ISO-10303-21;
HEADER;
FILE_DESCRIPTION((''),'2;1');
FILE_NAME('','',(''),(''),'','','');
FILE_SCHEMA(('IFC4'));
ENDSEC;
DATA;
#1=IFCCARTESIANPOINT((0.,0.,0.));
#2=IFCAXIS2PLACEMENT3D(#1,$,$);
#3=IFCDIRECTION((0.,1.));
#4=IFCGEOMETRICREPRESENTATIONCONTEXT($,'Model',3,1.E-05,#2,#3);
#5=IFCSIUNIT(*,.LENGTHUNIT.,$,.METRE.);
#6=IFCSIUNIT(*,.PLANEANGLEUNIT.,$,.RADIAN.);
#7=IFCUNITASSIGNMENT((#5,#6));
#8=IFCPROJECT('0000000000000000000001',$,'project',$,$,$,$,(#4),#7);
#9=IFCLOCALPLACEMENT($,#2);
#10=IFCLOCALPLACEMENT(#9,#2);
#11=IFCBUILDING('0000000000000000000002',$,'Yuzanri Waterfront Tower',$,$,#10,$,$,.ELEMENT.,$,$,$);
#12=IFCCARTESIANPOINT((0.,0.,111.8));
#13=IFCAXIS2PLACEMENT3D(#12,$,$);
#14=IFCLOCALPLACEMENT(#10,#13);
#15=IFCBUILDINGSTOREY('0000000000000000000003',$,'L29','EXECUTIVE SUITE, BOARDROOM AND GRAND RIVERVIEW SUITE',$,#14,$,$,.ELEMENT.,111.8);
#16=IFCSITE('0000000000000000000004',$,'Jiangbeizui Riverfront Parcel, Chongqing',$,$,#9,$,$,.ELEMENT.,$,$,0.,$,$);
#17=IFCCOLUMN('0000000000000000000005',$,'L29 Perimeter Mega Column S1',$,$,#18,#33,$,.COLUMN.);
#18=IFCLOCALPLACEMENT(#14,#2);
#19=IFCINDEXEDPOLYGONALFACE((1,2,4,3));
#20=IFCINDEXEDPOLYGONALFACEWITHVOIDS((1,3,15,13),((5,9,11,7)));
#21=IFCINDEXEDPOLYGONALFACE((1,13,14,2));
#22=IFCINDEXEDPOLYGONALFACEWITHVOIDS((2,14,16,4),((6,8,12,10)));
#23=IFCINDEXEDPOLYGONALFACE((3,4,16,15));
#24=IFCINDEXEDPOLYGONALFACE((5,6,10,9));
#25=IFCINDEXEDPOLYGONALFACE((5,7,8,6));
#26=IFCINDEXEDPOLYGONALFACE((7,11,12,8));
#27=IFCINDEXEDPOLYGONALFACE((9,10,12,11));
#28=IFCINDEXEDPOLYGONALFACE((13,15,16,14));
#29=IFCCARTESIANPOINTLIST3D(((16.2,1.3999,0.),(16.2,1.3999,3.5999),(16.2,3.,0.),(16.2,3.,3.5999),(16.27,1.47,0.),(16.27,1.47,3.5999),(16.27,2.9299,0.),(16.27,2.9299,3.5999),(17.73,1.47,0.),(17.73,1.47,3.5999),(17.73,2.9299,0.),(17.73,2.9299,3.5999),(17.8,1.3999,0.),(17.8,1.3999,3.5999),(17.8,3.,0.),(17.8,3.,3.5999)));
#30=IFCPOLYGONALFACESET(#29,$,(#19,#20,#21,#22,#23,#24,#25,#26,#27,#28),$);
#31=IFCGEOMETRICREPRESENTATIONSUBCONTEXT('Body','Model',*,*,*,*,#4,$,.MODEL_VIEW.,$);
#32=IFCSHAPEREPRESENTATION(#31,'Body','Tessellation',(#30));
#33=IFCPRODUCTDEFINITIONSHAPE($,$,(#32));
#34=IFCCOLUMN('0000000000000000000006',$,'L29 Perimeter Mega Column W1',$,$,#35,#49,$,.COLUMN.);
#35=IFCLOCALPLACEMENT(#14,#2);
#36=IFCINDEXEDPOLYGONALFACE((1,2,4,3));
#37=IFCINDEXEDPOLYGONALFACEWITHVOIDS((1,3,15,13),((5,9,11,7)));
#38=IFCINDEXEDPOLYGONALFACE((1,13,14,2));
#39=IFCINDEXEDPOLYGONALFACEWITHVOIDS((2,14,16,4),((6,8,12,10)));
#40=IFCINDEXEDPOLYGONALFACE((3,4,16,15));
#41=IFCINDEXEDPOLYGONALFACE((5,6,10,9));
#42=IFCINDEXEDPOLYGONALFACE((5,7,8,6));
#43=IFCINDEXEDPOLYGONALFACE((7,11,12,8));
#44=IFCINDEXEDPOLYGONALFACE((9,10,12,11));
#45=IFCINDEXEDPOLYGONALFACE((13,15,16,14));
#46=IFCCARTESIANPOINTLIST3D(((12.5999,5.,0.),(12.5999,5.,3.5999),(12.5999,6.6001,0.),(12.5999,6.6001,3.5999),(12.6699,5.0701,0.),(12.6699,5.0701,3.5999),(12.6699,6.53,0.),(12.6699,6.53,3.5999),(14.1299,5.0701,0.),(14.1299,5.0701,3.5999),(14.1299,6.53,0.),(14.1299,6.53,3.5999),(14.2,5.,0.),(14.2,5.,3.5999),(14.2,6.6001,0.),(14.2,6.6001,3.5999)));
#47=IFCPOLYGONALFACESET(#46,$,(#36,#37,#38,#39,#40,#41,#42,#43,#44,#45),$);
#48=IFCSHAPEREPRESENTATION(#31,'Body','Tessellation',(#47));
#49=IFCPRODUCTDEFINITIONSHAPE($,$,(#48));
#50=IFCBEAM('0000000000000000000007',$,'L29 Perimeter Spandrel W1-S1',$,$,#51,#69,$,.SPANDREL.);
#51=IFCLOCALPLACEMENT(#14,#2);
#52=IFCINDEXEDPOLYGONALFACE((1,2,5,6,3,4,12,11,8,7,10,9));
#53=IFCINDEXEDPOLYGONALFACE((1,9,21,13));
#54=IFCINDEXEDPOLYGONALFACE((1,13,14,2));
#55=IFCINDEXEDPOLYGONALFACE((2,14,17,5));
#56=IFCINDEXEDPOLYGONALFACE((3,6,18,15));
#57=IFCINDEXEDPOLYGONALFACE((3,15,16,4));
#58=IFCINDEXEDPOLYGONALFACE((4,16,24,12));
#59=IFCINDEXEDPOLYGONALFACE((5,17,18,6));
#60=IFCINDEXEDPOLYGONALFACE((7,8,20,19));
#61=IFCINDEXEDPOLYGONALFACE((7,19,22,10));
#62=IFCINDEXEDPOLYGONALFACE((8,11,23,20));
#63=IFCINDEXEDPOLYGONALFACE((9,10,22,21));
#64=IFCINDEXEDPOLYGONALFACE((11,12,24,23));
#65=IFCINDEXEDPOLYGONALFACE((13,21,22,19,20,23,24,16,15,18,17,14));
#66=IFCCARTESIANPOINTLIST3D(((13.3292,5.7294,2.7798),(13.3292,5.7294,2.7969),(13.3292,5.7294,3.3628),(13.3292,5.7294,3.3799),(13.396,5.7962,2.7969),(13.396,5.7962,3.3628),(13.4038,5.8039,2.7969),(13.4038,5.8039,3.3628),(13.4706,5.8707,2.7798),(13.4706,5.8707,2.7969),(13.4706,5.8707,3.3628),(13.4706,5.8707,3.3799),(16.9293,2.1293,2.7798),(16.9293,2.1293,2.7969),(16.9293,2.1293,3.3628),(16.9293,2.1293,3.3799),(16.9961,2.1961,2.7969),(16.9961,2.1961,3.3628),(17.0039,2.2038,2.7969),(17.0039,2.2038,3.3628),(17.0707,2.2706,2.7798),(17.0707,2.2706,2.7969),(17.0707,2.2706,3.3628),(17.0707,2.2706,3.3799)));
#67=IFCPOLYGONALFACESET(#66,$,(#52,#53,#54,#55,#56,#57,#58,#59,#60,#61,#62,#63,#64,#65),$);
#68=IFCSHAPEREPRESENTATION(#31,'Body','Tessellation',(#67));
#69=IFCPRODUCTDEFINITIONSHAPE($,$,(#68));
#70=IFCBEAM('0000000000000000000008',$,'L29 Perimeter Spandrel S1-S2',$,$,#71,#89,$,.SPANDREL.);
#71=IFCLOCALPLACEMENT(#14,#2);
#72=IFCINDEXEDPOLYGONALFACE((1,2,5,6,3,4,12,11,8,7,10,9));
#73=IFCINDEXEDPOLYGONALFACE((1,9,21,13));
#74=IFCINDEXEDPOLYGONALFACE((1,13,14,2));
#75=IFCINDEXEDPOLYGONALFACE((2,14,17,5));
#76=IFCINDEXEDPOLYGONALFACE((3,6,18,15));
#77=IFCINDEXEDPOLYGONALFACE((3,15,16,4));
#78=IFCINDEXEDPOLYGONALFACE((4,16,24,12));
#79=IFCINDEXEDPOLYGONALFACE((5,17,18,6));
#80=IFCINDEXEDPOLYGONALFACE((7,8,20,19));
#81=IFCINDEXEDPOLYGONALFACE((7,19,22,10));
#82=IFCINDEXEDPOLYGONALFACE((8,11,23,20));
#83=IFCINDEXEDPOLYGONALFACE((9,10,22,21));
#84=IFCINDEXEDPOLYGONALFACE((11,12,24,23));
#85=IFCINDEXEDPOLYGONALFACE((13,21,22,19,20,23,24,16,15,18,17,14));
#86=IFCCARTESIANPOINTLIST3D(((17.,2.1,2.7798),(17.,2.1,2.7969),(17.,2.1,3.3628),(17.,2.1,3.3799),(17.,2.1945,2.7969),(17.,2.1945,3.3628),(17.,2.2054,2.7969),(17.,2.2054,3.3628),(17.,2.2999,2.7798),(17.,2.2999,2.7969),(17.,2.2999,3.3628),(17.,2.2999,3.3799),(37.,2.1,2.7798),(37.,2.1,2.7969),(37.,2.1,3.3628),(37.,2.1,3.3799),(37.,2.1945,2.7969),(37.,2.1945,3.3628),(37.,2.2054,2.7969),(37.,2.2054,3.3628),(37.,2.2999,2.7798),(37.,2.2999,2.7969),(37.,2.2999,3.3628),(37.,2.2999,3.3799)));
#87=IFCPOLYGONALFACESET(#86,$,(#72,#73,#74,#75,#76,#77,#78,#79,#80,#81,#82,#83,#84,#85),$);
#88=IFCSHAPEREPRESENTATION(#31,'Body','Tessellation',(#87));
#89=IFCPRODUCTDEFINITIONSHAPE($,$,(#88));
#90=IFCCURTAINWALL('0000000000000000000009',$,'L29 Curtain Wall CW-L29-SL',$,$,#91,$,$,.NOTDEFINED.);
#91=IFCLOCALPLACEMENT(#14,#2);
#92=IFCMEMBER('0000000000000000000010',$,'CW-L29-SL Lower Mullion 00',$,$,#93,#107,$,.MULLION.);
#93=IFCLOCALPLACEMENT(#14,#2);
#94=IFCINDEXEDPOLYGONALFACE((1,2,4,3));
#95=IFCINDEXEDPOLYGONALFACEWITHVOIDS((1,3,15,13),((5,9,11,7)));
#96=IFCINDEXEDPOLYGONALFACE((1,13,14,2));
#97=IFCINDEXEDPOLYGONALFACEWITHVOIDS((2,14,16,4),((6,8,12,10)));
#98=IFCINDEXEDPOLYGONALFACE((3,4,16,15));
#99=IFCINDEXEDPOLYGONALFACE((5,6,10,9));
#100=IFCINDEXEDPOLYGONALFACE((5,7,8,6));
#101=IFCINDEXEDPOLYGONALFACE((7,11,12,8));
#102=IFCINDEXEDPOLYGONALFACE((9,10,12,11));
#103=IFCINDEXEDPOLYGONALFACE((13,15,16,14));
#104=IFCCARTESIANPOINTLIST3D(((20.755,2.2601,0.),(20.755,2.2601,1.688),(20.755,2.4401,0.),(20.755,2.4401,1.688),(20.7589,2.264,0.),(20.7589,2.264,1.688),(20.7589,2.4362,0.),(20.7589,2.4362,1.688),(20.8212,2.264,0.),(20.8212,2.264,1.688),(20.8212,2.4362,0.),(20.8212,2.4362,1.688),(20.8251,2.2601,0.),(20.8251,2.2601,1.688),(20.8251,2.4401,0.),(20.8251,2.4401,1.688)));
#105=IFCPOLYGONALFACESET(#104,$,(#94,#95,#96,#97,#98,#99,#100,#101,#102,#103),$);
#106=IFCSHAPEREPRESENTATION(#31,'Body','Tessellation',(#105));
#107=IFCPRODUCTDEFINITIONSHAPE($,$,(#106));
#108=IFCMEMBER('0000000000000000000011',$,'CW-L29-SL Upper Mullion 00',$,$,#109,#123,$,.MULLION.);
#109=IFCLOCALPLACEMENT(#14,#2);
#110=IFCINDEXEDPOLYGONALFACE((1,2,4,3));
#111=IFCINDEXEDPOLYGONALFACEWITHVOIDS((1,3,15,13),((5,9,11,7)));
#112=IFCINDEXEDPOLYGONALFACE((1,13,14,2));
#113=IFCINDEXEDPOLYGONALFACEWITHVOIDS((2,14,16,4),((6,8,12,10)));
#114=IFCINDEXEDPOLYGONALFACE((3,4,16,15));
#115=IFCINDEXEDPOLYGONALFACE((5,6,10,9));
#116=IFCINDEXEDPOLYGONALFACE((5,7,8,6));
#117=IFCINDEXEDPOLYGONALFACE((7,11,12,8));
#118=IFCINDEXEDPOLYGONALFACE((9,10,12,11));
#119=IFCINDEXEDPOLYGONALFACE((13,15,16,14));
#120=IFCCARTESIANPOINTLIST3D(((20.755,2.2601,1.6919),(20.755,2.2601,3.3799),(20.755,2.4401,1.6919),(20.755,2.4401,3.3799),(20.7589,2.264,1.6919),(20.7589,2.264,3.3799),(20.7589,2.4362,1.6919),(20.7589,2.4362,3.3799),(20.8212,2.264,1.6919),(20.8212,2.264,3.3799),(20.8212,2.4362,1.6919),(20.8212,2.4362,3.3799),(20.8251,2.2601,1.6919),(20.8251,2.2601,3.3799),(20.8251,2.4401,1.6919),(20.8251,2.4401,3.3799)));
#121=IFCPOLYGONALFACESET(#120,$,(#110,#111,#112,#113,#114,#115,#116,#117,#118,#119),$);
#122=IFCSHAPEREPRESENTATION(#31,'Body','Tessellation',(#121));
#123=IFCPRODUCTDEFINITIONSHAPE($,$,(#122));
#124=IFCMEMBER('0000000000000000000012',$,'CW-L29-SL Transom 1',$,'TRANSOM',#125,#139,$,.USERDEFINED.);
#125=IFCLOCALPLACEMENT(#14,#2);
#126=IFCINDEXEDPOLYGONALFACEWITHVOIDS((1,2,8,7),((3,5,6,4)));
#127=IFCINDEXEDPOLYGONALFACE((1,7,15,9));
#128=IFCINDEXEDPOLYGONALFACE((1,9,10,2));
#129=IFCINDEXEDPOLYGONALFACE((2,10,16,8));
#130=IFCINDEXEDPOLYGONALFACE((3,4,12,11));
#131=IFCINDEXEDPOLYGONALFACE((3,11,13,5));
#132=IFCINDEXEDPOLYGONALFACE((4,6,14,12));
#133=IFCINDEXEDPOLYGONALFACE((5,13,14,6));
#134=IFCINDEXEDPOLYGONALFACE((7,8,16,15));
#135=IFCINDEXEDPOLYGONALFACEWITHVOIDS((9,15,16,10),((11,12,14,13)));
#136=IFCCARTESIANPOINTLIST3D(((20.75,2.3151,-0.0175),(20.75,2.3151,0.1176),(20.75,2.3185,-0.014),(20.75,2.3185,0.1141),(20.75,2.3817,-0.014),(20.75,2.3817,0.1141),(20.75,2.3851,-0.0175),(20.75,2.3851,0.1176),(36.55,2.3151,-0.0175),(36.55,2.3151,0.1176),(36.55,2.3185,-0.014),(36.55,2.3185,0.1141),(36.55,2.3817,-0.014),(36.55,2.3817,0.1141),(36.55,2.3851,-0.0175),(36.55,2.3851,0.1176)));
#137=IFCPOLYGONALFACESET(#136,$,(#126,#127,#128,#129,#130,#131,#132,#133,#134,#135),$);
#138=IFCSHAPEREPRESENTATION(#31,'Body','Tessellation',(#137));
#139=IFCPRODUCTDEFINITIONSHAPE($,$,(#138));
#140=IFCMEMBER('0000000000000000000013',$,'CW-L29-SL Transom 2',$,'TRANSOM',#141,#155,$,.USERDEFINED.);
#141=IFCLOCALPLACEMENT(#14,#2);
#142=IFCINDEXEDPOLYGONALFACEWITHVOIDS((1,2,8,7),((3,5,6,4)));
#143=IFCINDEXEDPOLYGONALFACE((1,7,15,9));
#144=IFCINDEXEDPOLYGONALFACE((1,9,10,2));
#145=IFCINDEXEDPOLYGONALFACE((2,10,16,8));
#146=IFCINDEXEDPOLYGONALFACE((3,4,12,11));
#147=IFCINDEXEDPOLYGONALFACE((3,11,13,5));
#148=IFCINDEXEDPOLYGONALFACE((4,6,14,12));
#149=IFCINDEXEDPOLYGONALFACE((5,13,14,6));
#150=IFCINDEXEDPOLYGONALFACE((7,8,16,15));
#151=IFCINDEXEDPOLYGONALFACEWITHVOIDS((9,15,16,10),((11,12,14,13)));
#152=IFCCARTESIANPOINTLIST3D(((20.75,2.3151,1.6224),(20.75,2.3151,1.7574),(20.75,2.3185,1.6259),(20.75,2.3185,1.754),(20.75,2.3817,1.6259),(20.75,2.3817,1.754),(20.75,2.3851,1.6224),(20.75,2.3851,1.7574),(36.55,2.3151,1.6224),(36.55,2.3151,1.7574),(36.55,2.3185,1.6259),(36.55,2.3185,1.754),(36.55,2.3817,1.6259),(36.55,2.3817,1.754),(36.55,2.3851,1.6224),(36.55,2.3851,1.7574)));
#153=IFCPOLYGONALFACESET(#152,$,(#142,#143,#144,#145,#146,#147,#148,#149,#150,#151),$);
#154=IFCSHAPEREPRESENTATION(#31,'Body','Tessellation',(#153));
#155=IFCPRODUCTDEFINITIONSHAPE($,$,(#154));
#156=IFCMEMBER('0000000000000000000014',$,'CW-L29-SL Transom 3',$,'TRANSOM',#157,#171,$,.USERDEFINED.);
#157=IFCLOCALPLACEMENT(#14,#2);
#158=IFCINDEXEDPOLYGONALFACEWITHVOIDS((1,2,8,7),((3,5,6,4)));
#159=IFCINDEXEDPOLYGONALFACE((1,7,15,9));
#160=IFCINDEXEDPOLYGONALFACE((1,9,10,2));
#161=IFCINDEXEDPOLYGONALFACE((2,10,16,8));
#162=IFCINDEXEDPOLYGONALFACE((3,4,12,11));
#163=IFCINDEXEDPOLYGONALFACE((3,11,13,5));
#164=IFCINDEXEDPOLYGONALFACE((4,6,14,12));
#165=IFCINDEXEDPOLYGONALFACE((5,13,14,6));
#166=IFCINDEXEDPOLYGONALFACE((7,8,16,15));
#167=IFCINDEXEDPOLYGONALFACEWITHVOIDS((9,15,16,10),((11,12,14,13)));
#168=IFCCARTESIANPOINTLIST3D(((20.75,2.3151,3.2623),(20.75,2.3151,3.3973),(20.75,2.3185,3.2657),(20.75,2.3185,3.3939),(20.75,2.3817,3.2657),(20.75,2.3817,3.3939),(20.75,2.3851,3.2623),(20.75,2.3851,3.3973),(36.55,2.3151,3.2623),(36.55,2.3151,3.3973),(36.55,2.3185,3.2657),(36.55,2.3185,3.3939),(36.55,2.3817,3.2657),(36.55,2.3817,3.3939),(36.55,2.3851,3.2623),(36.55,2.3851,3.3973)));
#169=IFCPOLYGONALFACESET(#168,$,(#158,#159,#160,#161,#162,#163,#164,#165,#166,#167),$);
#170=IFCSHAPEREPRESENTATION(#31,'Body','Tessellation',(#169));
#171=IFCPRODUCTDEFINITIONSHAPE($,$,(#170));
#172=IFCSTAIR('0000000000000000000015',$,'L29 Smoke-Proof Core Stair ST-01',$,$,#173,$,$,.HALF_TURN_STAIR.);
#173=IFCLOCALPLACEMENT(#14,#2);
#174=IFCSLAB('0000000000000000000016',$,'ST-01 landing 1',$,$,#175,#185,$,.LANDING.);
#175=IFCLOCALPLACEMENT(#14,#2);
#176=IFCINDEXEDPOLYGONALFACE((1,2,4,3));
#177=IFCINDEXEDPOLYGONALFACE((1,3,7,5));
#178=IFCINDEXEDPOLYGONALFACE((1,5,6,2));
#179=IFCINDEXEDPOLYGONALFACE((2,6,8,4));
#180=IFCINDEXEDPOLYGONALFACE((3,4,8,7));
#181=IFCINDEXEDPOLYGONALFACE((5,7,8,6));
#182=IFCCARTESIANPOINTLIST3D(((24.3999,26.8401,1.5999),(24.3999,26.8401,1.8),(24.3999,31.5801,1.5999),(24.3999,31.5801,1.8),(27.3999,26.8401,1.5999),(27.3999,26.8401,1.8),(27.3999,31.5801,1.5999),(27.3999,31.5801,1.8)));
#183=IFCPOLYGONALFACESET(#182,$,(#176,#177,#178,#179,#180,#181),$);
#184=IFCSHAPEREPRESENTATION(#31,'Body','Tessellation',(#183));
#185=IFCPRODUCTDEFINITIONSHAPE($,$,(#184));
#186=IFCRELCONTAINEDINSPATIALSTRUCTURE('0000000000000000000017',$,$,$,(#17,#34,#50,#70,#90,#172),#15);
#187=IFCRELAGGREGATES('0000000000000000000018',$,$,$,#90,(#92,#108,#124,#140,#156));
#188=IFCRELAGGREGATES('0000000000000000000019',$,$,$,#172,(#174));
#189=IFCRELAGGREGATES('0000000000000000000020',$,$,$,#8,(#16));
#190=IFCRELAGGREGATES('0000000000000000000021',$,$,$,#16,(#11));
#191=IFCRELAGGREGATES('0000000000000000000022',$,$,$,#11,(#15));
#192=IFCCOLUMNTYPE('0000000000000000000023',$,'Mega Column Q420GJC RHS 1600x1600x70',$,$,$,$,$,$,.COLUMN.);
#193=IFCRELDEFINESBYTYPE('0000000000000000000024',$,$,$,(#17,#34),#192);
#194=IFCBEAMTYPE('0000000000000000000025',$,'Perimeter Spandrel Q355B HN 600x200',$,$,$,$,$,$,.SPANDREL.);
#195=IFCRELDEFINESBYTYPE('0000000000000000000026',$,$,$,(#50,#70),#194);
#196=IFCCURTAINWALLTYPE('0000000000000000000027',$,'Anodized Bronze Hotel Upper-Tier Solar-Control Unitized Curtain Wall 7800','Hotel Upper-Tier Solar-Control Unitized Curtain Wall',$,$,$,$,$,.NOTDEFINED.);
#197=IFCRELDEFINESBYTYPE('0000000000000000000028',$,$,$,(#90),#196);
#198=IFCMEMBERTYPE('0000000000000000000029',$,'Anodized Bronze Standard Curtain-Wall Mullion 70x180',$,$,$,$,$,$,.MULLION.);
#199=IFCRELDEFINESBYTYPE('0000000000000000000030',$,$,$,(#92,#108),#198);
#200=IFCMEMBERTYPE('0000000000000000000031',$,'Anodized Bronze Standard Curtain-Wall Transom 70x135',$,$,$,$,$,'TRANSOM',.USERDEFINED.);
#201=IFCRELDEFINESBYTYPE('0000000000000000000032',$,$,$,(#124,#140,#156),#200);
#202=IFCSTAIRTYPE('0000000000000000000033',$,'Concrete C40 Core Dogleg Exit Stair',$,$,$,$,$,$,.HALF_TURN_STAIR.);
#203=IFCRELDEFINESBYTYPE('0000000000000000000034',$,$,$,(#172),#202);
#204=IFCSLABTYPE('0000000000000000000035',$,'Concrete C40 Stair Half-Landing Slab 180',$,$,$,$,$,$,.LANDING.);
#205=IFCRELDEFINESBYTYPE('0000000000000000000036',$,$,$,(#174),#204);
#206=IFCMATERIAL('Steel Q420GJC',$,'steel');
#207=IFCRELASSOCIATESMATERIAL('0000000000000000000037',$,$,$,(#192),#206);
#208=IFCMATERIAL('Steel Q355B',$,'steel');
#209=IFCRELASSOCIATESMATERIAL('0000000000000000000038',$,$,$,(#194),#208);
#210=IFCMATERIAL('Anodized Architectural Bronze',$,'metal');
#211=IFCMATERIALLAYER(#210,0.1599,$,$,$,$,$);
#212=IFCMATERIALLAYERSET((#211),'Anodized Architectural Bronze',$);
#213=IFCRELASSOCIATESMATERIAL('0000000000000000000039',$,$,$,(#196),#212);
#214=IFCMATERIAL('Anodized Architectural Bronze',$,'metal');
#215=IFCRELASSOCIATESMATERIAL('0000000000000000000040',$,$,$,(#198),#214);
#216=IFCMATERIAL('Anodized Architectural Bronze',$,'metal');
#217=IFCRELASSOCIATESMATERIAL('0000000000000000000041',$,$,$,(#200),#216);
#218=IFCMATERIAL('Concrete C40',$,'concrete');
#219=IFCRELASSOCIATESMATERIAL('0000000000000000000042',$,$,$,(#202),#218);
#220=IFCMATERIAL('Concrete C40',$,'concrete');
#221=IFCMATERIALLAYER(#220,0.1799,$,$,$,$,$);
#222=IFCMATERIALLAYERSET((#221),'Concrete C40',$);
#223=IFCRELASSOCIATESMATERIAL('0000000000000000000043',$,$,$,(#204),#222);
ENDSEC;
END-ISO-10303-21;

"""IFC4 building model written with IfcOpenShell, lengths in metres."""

from ifc_helpers import new_model, si_unit, direction, frame, origin, origin_2d, place, context, subcontext, project, spatial, polyline, hollow_rectangle, i_section, outline, extrude, source, transform, mapped, material, layer, layer_set, material_profile, profile_set, type_object, element, aggregate, save


model = new_model("IFC4")

# Units and contexts
model_context = context("Model", 3, precision=1e-05, world=origin(), true_north=direction((0.0, 1.0)))
body_context = subcontext(model_context, "Body", "Model", "MODEL_VIEW")
ifc_project = project(units=[si_unit("LENGTHUNIT", "METRE"), si_unit("PLANEANGLEUNIT", "RADIAN")], contexts=[model_context])

# Site, building, storey
site_placement = place(None, origin())
site = spatial("IfcSite", under=ifc_project, at=site_placement, Name="Jiangbeizui Riverfront Parcel, Chongqing", CompositionType="ELEMENT", RefElevation=0.0)
building_placement = place(site_placement, origin())
building = spatial("IfcBuilding", under=site, at=building_placement, Name="Yuzanri Waterfront Tower", CompositionType="ELEMENT")
storey_placement = place(building_placement, frame((0.0, 0.0, 111.8)))
storey = spatial("IfcBuildingStorey", under=building, at=storey_placement, Name="L29", Description="EXECUTIVE SUITE, BOARDROOM AND GRAND RIVERVIEW SUITE", CompositionType="ELEMENT", Elevation=111.8)

# Columns
ifc_material_1 = material(Name="Steel Q420GJC", Category="steel")
ifc_material_profile_1 = material_profile(ifc_material_1, hollow_rectangle(XDim=1.6001, YDim=1.6001, WallThickness=0.0701, at=origin_2d()), Name="RHS 1600x1600x70")
ifc_profile_set_1 = profile_set([ifc_material_profile_1], Name="Steel Q420GJC")
column_type = type_object("IfcColumnType", Name="Mega Column Q420GJC RHS 1600x1600x70", PredefinedType="COLUMN", material=ifc_profile_set_1)
shared_shape_1 = source(origin(), body_context, "Body", "SweptSolid", [
    extrude(hollow_rectangle(XDim=1.6001, YDim=1.6001, WallThickness=0.0701, at=origin_2d()), origin(), (0.0, 0.0, 1.0), 3.5999),
])
for number, where, z_axis, x_axis, name in (
    (1, (17.0, 2.2, 0.0), (0.0, 0.0, 1.0), (1.0, 0.0, 0.0), "L29 Perimeter Mega Column S1"),
    (2, (13.3999, 5.8, 0.0), (0.0, 0.0, 1.0), (1.0, 0.0, 0.0), "L29 Perimeter Mega Column W1"),
):
    element("IfcColumn", number, at=place(storey_placement, frame(where, z_axis=z_axis, x_axis=x_axis)), inside=storey, type_object=column_type, Name=name, PredefinedType="COLUMN", context=body_context, shape_type="MappedRepresentation", body=[
        mapped(shared_shape_1, transform((0.0, 0.0, 0.0), scale=1.0)),
    ])

# Beams
ifc_material_2 = material(Name="Steel Q355B", Category="steel")
ifc_material_profile_2 = material_profile(ifc_material_2, i_section(OverallWidth=0.2, OverallDepth=0.6001, WebThickness=0.011, FlangeThickness=0.0171, at=origin_2d()), Name="HN 600x200x11x17")
ifc_profile_set_2 = profile_set([ifc_material_profile_2], Name="Steel Q355B")
beam_type = type_object("IfcBeamType", Name="Perimeter Spandrel Q355B HN 600x200", PredefinedType="SPANDREL", material=ifc_profile_set_2)
shared_shape_2 = source(origin(), body_context, "Body", "SweptSolid", [
    extrude(i_section(OverallWidth=0.2, OverallDepth=0.6001, WebThickness=0.011, FlangeThickness=0.0171, at=origin_2d()), origin(), (0.0, 0.0, 1.0), 5.0913),
])
beam_1_placement = place(storey_placement, frame((13.3999, 5.8, 3.0798), z_axis=(0.707107, -0.707107, 0.0), x_axis=(0.707107, 0.707107, 0.0)))
element("IfcBeam", 3, at=beam_1_placement, inside=storey, type_object=beam_type, Name="L29 Perimeter Spandrel W1-S1", PredefinedType="SPANDREL", context=body_context, shape_type="MappedRepresentation", body=[
    mapped(shared_shape_2, transform((0.0, 0.0, 0.0), scale=1.0)),
])
shared_shape_3 = source(origin(), body_context, "Body", "SweptSolid", [
    extrude(i_section(OverallWidth=0.2, OverallDepth=0.6001, WebThickness=0.011, FlangeThickness=0.0171, at=origin_2d()), origin(), (0.0, 0.0, 1.0), 20.0),
])
beam_2_placement = place(storey_placement, frame((17.0, 2.2, 3.0798), z_axis=(1.0, 0.0, 0.0), x_axis=(0.0, 1.0, 0.0)))
element("IfcBeam", 4, at=beam_2_placement, inside=storey, type_object=beam_type, Name="L29 Perimeter Spandrel S1-S2", PredefinedType="SPANDREL", context=body_context, shape_type="MappedRepresentation", body=[
    mapped(shared_shape_3, transform((0.0, 0.0, 0.0), scale=1.0)),
])

# Curtain wall, members
ifc_material_3 = material(Name="Anodized Architectural Bronze", Category="metal")
ifc_layer_1 = layer(ifc_material_3, 0.1599)
ifc_layer_set_1 = layer_set([ifc_layer_1], Name="Anodized Architectural Bronze")
curtain_wall_type = type_object("IfcCurtainWallType", Name="Anodized Bronze Hotel Upper-Tier Solar-Control Unitized Curtain Wall 7800", Description="Hotel Upper-Tier Solar-Control Unitized Curtain Wall", PredefinedType="NOTDEFINED", material=ifc_layer_set_1)
curtain_wall_placement = place(storey_placement, origin())
curtain_wall = element("IfcCurtainWall", 5, at=curtain_wall_placement, inside=storey, type_object=curtain_wall_type, Name="L29 Curtain Wall CW-L29-SL", PredefinedType="NOTDEFINED")
ifc_material_4 = material(Name="Anodized Architectural Bronze", Category="metal")
ifc_material_profile_3 = material_profile(ifc_material_4, hollow_rectangle(XDim=0.0701, YDim=0.1799, WallThickness=0.0039, at=origin_2d()), Name="CWM 70x180")
ifc_profile_set_3 = profile_set([ifc_material_profile_3], Name="Anodized Architectural Bronze")
member_type_1 = type_object("IfcMemberType", Name="Anodized Bronze Standard Curtain-Wall Mullion 70x180", PredefinedType="MULLION", material=ifc_profile_set_3)
shared_shape_4 = source(origin(), body_context, "Body", "SweptSolid", [
    extrude(hollow_rectangle(XDim=0.0701, YDim=0.1799, WallThickness=0.0039, at=origin_2d()), origin(), (0.0, 0.0, 1.0), 1.688),
])
member_1_placement = place(storey_placement, frame((20.79, 2.3501, 0.0), z_axis=(0.0, 0.0, 1.0), x_axis=(1.0, 0.0, 0.0)))
member_1 = element("IfcMember", 6, at=member_1_placement, type_object=member_type_1, Name="CW-L29-SL Lower Mullion 00", PredefinedType="MULLION", context=body_context, shape_type="MappedRepresentation", body=[
    mapped(shared_shape_4, transform((0.0, 0.0, 0.0), scale=1.0)),
])
member_2_placement = place(storey_placement, frame((20.79, 2.3501, 1.6919), z_axis=(0.0, 0.0, 1.0), x_axis=(1.0, 0.0, 0.0)))
member_2 = element("IfcMember", 7, at=member_2_placement, type_object=member_type_1, Name="CW-L29-SL Upper Mullion 00", PredefinedType="MULLION", context=body_context, shape_type="MappedRepresentation", body=[
    mapped(shared_shape_4, transform((0.0, 0.0, 0.0), scale=1.0)),
])
ifc_material_5 = material(Name="Anodized Architectural Bronze", Category="metal")
ifc_material_profile_4 = material_profile(ifc_material_5, hollow_rectangle(XDim=0.0701, YDim=0.135, WallThickness=0.0034, at=origin_2d()), Name="CWT 70x135")
ifc_profile_set_4 = profile_set([ifc_material_profile_4], Name="Anodized Architectural Bronze")
member_type_2 = type_object("IfcMemberType", Name="Anodized Bronze Standard Curtain-Wall Transom 70x135", ElementType="TRANSOM", PredefinedType="USERDEFINED", material=ifc_profile_set_4)
shared_shape_5 = source(origin(), body_context, "Body", "SweptSolid", [
    extrude(hollow_rectangle(XDim=0.0701, YDim=0.135, WallThickness=0.0034, at=origin_2d()), origin(), (0.0, 0.0, 1.0), 15.8),
])
member_3_placement = place(storey_placement, frame((20.75, 2.3501, 0.05), z_axis=(1.0, 0.0, 0.0), x_axis=(0.0, 1.0, 0.0)))
member_3 = element("IfcMember", 8, at=member_3_placement, type_object=member_type_2, Name="CW-L29-SL Transom 1", ObjectType="TRANSOM", PredefinedType="USERDEFINED", context=body_context, shape_type="MappedRepresentation", body=[
    mapped(shared_shape_5, transform((0.0, 0.0, 0.0), scale=1.0)),
])
member_4_placement = place(storey_placement, frame((20.75, 2.3501, 1.6899), z_axis=(1.0, 0.0, 0.0), x_axis=(0.0, 1.0, 0.0)))
member_4 = element("IfcMember", 9, at=member_4_placement, type_object=member_type_2, Name="CW-L29-SL Transom 2", ObjectType="TRANSOM", PredefinedType="USERDEFINED", context=body_context, shape_type="MappedRepresentation", body=[
    mapped(shared_shape_5, transform((0.0, 0.0, 0.0), scale=1.0)),
])
member_5_placement = place(storey_placement, frame((20.75, 2.3501, 3.3298), z_axis=(1.0, 0.0, 0.0), x_axis=(0.0, 1.0, 0.0)))
member_5 = element("IfcMember", 10, at=member_5_placement, type_object=member_type_2, Name="CW-L29-SL Transom 3", ObjectType="TRANSOM", PredefinedType="USERDEFINED", context=body_context, shape_type="MappedRepresentation", body=[
    mapped(shared_shape_5, transform((0.0, 0.0, 0.0), scale=1.0)),
])
aggregate(curtain_wall, [member_1, member_2, member_3, member_4, member_5])

# Stair, slab
ifc_material_6 = material(Name="Concrete C40", Category="concrete")
stair_type = type_object("IfcStairType", Name="Concrete C40 Core Dogleg Exit Stair", PredefinedType="HALF_TURN_STAIR", material=ifc_material_6)
stair_1_placement = place(storey_placement, origin())
stair_1 = element("IfcStair", 11, at=stair_1_placement, inside=storey, type_object=stair_type, Name="L29 Smoke-Proof Core Stair ST-01", PredefinedType="HALF_TURN_STAIR")
ifc_material_7 = material(Name="Concrete C40", Category="concrete")
ifc_layer_2 = layer(ifc_material_7, 0.1799)
ifc_layer_set_2 = layer_set([ifc_layer_2], Name="Concrete C40")
slab_type_1 = type_object("IfcSlabType", Name="Concrete C40 Stair Half-Landing Slab 180", PredefinedType="LANDING", material=ifc_layer_set_2)
slab_1_placement = place(storey_placement, frame((0.0, 0.0, 1.5999)))
slab_1 = element("IfcSlab", 12, at=slab_1_placement, type_object=slab_type_1, Name="ST-01 landing 1", PredefinedType="LANDING", context=body_context, shape_type="SweptSolid", body=[
    extrude(outline(polyline([(27.3999, 26.8401), (27.3999, 31.5801), (24.3999, 31.5801), (24.3999, 26.8401), (27.3999, 26.8401)])), origin(), (0.0, 0.0, 1.0), 0.2002),
])
aggregate(stair_1, [slab_1])

save(model, "model.ifc")
